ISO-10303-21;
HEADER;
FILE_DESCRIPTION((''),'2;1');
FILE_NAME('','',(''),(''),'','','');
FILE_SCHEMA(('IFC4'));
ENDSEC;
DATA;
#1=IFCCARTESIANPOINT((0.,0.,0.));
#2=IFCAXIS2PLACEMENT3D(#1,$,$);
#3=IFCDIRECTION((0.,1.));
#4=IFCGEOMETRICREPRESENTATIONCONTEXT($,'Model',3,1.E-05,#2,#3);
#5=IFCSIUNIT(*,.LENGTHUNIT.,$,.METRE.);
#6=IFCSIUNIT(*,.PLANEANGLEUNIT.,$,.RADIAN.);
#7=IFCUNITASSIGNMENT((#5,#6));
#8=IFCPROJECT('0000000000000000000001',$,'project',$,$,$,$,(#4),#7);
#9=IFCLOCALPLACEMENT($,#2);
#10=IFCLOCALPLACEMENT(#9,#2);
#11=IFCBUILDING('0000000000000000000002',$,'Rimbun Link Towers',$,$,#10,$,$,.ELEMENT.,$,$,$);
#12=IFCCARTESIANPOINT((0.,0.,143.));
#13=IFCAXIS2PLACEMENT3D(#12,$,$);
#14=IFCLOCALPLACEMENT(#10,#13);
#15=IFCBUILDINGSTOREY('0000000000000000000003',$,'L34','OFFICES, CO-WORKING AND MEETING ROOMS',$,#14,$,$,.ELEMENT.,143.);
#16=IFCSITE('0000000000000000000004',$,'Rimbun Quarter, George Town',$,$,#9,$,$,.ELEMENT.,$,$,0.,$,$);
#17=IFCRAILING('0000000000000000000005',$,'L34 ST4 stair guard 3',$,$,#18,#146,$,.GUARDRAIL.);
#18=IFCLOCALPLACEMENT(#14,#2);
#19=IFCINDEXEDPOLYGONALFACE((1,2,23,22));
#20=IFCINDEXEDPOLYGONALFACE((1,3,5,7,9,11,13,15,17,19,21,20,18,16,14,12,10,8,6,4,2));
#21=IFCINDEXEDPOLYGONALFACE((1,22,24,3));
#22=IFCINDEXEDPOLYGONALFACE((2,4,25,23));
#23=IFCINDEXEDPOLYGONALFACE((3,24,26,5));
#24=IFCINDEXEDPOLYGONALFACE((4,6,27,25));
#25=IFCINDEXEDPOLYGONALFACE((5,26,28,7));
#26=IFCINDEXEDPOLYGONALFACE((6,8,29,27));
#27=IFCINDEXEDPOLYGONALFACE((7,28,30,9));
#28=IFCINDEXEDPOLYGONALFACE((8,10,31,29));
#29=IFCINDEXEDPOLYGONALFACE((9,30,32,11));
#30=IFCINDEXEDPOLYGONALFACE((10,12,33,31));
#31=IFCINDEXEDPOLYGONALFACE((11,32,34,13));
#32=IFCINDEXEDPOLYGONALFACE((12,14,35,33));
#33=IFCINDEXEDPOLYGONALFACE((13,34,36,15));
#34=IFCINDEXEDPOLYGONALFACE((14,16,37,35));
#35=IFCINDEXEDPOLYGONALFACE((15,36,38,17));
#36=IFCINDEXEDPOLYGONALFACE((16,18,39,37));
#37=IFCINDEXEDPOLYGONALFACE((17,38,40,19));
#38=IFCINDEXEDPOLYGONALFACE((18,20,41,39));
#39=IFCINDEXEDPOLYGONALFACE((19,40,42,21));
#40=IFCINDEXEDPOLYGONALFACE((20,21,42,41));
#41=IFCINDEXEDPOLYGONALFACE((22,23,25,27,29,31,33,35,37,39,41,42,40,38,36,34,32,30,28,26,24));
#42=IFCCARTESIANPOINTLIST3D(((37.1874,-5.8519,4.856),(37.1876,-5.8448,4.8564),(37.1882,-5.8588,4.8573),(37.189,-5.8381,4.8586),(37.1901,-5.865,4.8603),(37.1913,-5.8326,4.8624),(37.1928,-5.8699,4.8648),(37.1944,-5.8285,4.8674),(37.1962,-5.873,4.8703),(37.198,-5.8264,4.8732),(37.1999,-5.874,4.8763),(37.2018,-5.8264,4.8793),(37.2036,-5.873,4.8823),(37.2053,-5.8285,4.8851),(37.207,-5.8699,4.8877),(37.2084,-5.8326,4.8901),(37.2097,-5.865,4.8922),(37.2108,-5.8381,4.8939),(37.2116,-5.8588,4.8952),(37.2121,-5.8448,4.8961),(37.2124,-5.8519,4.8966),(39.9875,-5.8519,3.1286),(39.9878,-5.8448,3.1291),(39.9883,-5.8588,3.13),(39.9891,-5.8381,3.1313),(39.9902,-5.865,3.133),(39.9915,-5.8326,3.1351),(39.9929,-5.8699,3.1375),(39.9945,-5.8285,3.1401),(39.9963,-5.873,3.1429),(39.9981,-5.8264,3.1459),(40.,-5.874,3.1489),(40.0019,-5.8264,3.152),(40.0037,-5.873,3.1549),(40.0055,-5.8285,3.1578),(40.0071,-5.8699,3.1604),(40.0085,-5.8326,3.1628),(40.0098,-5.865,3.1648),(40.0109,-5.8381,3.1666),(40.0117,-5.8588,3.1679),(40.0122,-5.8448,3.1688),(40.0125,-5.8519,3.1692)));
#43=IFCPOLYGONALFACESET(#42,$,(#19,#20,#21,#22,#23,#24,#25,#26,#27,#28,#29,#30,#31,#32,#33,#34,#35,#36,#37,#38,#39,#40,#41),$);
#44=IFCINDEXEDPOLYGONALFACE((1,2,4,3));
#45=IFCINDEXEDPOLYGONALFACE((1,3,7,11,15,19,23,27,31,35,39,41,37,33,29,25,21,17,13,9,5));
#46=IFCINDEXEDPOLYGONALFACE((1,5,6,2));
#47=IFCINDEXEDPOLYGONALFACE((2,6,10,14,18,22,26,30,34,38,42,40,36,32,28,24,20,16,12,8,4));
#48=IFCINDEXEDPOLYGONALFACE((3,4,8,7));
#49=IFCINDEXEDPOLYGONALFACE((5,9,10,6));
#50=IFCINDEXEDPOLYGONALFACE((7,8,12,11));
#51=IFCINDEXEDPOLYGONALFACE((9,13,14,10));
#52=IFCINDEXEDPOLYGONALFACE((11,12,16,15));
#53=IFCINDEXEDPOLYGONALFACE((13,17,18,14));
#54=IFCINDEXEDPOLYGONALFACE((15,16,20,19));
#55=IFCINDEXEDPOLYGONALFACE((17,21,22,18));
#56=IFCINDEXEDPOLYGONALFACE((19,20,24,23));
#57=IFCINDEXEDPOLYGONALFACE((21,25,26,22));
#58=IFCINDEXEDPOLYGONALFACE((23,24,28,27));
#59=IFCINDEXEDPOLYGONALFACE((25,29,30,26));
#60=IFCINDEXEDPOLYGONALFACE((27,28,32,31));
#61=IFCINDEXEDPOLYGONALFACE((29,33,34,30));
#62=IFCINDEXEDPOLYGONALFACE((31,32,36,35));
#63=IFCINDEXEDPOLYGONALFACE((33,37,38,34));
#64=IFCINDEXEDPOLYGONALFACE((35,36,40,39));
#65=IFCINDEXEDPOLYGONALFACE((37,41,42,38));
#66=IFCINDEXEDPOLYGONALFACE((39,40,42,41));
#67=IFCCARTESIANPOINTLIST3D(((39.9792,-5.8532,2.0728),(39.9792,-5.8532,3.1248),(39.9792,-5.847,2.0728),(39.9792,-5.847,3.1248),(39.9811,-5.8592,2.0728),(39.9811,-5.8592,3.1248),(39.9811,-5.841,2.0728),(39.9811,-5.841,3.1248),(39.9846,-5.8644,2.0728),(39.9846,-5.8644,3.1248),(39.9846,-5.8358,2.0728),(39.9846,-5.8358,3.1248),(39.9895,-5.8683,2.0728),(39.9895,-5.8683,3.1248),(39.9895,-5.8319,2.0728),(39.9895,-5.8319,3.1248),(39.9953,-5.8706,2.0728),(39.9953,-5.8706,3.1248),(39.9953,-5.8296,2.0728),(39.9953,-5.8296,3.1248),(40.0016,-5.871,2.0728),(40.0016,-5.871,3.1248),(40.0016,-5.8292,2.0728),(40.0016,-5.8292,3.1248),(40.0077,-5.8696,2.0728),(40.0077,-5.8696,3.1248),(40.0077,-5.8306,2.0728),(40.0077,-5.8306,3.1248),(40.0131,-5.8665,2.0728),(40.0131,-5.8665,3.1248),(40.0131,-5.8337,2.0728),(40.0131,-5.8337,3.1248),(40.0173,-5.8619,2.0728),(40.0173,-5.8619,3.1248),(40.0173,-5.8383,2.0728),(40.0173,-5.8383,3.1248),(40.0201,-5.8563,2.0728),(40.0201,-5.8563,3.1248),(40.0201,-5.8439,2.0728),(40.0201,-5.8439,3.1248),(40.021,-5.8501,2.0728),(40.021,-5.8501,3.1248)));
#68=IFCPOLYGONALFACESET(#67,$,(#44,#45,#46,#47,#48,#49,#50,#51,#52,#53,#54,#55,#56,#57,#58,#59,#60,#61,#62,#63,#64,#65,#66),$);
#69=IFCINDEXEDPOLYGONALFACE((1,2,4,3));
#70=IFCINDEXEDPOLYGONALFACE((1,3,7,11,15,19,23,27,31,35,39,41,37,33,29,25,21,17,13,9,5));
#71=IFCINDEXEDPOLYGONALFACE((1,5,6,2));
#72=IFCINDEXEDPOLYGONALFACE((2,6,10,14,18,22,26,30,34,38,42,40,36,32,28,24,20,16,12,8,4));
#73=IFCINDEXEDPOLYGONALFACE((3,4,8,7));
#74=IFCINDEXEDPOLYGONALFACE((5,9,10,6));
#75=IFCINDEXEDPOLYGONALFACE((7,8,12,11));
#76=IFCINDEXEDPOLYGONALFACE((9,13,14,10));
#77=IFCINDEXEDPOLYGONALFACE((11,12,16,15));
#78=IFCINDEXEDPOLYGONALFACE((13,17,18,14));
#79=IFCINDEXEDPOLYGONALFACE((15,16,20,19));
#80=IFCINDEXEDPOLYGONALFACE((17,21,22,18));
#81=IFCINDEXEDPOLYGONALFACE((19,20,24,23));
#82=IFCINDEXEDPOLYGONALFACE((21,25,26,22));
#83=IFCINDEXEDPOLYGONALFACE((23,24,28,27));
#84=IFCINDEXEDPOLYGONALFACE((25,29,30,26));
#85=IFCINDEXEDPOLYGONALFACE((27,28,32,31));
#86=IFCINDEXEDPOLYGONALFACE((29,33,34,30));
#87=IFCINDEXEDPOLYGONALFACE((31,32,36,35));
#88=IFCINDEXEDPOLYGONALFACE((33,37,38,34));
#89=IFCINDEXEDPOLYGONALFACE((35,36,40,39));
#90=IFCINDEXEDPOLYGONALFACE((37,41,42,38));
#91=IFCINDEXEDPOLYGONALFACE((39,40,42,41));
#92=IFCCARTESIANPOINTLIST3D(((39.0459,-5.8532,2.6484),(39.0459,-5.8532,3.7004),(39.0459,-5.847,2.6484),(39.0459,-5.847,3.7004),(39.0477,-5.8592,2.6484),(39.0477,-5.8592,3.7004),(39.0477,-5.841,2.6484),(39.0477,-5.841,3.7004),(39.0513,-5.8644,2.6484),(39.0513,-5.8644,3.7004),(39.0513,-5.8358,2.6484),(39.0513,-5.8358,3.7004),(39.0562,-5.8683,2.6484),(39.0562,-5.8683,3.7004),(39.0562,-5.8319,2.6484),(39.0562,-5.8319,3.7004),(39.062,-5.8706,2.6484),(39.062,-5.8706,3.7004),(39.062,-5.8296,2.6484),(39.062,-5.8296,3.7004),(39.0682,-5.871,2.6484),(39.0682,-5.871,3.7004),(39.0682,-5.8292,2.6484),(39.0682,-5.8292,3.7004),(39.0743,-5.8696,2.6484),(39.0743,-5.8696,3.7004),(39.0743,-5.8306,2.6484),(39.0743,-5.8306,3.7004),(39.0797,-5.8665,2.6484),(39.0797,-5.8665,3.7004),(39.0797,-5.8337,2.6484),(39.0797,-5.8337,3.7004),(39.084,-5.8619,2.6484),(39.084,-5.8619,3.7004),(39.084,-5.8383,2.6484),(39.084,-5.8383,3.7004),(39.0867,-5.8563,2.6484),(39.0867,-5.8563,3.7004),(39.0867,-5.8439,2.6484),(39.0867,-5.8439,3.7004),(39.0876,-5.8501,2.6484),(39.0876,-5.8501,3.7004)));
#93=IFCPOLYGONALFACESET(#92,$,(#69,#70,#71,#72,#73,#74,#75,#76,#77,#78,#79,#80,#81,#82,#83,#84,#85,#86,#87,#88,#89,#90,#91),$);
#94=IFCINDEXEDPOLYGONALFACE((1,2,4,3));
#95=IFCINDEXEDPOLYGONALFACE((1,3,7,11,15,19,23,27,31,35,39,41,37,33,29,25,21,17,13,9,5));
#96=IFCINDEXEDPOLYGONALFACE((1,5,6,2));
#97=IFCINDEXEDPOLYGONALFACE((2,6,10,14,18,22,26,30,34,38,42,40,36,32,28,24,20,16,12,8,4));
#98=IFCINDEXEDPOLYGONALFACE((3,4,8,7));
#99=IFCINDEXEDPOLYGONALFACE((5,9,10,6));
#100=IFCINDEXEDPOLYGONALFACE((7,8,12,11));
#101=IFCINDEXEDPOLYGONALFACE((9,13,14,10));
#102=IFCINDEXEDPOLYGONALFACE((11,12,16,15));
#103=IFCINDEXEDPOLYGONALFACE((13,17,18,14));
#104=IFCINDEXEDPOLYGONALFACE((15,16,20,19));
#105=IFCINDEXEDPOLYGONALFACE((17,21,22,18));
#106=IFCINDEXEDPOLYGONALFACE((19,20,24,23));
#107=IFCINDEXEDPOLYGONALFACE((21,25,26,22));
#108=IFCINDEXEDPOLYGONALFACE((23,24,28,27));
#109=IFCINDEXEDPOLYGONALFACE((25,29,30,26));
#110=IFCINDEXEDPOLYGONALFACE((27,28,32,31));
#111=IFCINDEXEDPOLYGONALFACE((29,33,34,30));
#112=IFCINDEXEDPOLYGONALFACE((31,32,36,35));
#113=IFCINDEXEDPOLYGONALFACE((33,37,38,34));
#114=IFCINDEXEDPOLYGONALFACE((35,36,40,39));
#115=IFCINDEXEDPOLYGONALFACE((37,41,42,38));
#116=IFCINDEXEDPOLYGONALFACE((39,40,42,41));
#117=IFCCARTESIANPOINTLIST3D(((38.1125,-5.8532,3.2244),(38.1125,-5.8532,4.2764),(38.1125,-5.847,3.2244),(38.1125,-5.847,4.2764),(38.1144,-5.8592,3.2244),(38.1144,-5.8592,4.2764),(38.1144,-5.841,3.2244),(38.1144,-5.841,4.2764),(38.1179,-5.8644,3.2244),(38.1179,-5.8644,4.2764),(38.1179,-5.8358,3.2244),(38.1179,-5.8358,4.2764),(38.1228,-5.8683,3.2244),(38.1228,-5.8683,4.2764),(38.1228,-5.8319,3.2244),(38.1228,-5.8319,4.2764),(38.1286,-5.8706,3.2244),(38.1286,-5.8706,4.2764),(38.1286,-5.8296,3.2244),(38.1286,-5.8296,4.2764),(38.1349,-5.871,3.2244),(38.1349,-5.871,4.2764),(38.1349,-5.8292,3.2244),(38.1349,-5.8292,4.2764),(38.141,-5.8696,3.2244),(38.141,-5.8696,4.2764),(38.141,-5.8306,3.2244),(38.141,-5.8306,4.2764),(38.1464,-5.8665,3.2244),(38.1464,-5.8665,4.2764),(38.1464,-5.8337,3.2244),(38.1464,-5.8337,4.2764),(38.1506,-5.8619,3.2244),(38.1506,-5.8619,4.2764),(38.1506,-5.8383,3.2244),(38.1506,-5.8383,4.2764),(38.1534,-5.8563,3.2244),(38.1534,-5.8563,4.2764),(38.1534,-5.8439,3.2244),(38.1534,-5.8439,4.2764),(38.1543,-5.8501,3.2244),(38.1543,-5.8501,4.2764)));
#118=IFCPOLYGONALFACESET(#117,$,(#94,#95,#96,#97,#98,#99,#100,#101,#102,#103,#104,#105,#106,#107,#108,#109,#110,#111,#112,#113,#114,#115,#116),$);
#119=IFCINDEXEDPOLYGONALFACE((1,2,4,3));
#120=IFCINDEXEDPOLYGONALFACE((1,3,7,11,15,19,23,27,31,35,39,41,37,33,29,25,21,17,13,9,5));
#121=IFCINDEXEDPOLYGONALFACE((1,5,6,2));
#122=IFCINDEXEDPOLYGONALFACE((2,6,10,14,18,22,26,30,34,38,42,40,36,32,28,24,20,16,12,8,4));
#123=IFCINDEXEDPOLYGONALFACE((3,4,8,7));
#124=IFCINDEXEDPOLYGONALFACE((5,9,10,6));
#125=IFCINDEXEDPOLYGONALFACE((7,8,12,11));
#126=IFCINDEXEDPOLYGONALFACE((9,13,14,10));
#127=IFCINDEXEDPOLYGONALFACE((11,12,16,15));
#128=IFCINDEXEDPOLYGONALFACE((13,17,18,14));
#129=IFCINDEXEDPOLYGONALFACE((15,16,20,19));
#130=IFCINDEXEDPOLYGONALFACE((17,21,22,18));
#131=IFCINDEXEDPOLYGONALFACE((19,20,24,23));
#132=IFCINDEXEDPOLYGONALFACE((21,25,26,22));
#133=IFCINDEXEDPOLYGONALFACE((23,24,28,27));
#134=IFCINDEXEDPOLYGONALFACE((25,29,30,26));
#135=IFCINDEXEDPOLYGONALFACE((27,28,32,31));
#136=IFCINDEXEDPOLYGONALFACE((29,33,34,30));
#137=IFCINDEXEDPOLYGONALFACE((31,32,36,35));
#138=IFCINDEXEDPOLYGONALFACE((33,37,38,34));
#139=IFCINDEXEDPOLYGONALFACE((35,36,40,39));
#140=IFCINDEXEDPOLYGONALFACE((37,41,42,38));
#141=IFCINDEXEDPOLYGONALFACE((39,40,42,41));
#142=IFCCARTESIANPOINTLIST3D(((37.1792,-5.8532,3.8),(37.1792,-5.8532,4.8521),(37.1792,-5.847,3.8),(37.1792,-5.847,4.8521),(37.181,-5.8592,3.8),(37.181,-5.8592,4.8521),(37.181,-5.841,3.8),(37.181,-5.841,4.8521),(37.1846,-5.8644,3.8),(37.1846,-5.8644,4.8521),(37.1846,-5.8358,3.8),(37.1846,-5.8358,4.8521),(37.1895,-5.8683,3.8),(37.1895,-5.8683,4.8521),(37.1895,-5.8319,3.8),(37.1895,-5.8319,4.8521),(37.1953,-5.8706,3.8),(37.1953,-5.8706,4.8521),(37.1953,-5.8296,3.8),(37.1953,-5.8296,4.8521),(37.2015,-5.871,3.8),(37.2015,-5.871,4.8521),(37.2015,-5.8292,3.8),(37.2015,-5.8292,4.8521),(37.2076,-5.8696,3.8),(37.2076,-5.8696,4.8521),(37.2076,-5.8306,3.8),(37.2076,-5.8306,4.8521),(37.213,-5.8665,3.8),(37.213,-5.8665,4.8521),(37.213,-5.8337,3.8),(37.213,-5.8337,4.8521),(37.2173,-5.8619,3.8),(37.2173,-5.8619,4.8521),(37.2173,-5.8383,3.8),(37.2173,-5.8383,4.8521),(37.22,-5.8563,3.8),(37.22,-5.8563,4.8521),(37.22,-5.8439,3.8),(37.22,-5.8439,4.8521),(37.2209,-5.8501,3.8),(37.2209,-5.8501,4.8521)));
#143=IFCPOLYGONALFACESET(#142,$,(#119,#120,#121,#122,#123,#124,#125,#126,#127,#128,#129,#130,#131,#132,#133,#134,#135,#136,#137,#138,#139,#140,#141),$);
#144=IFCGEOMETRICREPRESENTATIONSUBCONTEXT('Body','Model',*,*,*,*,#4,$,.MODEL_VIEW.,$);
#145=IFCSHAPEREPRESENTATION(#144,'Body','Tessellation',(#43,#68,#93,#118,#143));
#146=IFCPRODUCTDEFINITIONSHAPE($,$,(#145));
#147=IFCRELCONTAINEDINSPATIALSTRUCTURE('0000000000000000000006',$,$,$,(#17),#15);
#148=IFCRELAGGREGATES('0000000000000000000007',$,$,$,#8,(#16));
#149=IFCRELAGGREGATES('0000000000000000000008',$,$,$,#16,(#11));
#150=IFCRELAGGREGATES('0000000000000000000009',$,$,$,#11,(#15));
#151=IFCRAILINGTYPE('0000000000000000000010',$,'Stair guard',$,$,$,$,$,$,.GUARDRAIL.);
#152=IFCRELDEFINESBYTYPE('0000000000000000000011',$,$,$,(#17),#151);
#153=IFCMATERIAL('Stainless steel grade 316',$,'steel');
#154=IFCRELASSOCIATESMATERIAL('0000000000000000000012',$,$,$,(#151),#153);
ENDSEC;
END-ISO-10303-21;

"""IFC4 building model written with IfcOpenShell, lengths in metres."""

from ifc_helpers import new_model, si_unit, direction, frame, origin, origin_2d, place, context, subcontext, project, spatial, circle, extrude, material, type_object, element, save


model = new_model("IFC4")

# Units and contexts
model_context = context("Model", 3, precision=1e-05, world=origin(), true_north=direction((0.0, 1.0)))
body_context = subcontext(model_context, "Body", "Model", "MODEL_VIEW")
ifc_project = project(units=[si_unit("LENGTHUNIT", "METRE"), si_unit("PLANEANGLEUNIT", "RADIAN")], contexts=[model_context])

# Site, building, storey
site_placement = place(None, origin())
site = spatial("IfcSite", under=ifc_project, at=site_placement, Name="Rimbun Quarter, George Town", CompositionType="ELEMENT", RefElevation=0.0)
building_placement = place(site_placement, origin())
building = spatial("IfcBuilding", under=site, at=building_placement, Name="Rimbun Link Towers", CompositionType="ELEMENT")
storey_placement = place(building_placement, frame((0.0, 0.0, 143.0)))
storey = spatial("IfcBuildingStorey", under=building, at=storey_placement, Name="L34", Description="OFFICES, CO-WORKING AND MEETING ROOMS", CompositionType="ELEMENT", Elevation=143.0)

# Railing
ifc_material_1 = material(Name="Stainless steel grade 316", Category="steel")
railing_type_1 = type_object("IfcRailingType", Name="Stair guard", PredefinedType="GUARDRAIL", material=ifc_material_1)
railing_1_placement = place(storey_placement, frame((40.0, -5.8501, 2.0728)))
element("IfcRailing", 1, at=railing_1_placement, inside=storey, type_object=railing_type_1, Name="L34 ST4 stair guard 3", PredefinedType="GUARDRAIL", context=body_context, shape_type="SweptSolid", body=[
    extrude(circle(Radius=0.0239, at=origin_2d()), frame((0.0, 0.0, 1.0762), z_axis=(-0.85109, 0.0, 0.52502), x_axis=(0.0, -1.0, 0.0)), (0.0, 0.0, 1.0), 3.29),
    extrude(circle(Radius=0.021, at=origin_2d()), origin(), (0.0, 0.0, 1.0), 1.052),
    extrude(circle(Radius=0.021, at=origin_2d()), frame((-0.9333, 0.0, 0.5757)), (0.0, 0.0, 1.0), 1.052),
    extrude(circle(Radius=0.021, at=origin_2d()), frame((-1.8667, 0.0, 1.1516)), (0.0, 0.0, 1.0), 1.052),
    extrude(circle(Radius=0.021, at=origin_2d()), frame((-2.8, 0.0, 1.7273)), (0.0, 0.0, 1.0), 1.052),
])

save(model, "model.ifc")
